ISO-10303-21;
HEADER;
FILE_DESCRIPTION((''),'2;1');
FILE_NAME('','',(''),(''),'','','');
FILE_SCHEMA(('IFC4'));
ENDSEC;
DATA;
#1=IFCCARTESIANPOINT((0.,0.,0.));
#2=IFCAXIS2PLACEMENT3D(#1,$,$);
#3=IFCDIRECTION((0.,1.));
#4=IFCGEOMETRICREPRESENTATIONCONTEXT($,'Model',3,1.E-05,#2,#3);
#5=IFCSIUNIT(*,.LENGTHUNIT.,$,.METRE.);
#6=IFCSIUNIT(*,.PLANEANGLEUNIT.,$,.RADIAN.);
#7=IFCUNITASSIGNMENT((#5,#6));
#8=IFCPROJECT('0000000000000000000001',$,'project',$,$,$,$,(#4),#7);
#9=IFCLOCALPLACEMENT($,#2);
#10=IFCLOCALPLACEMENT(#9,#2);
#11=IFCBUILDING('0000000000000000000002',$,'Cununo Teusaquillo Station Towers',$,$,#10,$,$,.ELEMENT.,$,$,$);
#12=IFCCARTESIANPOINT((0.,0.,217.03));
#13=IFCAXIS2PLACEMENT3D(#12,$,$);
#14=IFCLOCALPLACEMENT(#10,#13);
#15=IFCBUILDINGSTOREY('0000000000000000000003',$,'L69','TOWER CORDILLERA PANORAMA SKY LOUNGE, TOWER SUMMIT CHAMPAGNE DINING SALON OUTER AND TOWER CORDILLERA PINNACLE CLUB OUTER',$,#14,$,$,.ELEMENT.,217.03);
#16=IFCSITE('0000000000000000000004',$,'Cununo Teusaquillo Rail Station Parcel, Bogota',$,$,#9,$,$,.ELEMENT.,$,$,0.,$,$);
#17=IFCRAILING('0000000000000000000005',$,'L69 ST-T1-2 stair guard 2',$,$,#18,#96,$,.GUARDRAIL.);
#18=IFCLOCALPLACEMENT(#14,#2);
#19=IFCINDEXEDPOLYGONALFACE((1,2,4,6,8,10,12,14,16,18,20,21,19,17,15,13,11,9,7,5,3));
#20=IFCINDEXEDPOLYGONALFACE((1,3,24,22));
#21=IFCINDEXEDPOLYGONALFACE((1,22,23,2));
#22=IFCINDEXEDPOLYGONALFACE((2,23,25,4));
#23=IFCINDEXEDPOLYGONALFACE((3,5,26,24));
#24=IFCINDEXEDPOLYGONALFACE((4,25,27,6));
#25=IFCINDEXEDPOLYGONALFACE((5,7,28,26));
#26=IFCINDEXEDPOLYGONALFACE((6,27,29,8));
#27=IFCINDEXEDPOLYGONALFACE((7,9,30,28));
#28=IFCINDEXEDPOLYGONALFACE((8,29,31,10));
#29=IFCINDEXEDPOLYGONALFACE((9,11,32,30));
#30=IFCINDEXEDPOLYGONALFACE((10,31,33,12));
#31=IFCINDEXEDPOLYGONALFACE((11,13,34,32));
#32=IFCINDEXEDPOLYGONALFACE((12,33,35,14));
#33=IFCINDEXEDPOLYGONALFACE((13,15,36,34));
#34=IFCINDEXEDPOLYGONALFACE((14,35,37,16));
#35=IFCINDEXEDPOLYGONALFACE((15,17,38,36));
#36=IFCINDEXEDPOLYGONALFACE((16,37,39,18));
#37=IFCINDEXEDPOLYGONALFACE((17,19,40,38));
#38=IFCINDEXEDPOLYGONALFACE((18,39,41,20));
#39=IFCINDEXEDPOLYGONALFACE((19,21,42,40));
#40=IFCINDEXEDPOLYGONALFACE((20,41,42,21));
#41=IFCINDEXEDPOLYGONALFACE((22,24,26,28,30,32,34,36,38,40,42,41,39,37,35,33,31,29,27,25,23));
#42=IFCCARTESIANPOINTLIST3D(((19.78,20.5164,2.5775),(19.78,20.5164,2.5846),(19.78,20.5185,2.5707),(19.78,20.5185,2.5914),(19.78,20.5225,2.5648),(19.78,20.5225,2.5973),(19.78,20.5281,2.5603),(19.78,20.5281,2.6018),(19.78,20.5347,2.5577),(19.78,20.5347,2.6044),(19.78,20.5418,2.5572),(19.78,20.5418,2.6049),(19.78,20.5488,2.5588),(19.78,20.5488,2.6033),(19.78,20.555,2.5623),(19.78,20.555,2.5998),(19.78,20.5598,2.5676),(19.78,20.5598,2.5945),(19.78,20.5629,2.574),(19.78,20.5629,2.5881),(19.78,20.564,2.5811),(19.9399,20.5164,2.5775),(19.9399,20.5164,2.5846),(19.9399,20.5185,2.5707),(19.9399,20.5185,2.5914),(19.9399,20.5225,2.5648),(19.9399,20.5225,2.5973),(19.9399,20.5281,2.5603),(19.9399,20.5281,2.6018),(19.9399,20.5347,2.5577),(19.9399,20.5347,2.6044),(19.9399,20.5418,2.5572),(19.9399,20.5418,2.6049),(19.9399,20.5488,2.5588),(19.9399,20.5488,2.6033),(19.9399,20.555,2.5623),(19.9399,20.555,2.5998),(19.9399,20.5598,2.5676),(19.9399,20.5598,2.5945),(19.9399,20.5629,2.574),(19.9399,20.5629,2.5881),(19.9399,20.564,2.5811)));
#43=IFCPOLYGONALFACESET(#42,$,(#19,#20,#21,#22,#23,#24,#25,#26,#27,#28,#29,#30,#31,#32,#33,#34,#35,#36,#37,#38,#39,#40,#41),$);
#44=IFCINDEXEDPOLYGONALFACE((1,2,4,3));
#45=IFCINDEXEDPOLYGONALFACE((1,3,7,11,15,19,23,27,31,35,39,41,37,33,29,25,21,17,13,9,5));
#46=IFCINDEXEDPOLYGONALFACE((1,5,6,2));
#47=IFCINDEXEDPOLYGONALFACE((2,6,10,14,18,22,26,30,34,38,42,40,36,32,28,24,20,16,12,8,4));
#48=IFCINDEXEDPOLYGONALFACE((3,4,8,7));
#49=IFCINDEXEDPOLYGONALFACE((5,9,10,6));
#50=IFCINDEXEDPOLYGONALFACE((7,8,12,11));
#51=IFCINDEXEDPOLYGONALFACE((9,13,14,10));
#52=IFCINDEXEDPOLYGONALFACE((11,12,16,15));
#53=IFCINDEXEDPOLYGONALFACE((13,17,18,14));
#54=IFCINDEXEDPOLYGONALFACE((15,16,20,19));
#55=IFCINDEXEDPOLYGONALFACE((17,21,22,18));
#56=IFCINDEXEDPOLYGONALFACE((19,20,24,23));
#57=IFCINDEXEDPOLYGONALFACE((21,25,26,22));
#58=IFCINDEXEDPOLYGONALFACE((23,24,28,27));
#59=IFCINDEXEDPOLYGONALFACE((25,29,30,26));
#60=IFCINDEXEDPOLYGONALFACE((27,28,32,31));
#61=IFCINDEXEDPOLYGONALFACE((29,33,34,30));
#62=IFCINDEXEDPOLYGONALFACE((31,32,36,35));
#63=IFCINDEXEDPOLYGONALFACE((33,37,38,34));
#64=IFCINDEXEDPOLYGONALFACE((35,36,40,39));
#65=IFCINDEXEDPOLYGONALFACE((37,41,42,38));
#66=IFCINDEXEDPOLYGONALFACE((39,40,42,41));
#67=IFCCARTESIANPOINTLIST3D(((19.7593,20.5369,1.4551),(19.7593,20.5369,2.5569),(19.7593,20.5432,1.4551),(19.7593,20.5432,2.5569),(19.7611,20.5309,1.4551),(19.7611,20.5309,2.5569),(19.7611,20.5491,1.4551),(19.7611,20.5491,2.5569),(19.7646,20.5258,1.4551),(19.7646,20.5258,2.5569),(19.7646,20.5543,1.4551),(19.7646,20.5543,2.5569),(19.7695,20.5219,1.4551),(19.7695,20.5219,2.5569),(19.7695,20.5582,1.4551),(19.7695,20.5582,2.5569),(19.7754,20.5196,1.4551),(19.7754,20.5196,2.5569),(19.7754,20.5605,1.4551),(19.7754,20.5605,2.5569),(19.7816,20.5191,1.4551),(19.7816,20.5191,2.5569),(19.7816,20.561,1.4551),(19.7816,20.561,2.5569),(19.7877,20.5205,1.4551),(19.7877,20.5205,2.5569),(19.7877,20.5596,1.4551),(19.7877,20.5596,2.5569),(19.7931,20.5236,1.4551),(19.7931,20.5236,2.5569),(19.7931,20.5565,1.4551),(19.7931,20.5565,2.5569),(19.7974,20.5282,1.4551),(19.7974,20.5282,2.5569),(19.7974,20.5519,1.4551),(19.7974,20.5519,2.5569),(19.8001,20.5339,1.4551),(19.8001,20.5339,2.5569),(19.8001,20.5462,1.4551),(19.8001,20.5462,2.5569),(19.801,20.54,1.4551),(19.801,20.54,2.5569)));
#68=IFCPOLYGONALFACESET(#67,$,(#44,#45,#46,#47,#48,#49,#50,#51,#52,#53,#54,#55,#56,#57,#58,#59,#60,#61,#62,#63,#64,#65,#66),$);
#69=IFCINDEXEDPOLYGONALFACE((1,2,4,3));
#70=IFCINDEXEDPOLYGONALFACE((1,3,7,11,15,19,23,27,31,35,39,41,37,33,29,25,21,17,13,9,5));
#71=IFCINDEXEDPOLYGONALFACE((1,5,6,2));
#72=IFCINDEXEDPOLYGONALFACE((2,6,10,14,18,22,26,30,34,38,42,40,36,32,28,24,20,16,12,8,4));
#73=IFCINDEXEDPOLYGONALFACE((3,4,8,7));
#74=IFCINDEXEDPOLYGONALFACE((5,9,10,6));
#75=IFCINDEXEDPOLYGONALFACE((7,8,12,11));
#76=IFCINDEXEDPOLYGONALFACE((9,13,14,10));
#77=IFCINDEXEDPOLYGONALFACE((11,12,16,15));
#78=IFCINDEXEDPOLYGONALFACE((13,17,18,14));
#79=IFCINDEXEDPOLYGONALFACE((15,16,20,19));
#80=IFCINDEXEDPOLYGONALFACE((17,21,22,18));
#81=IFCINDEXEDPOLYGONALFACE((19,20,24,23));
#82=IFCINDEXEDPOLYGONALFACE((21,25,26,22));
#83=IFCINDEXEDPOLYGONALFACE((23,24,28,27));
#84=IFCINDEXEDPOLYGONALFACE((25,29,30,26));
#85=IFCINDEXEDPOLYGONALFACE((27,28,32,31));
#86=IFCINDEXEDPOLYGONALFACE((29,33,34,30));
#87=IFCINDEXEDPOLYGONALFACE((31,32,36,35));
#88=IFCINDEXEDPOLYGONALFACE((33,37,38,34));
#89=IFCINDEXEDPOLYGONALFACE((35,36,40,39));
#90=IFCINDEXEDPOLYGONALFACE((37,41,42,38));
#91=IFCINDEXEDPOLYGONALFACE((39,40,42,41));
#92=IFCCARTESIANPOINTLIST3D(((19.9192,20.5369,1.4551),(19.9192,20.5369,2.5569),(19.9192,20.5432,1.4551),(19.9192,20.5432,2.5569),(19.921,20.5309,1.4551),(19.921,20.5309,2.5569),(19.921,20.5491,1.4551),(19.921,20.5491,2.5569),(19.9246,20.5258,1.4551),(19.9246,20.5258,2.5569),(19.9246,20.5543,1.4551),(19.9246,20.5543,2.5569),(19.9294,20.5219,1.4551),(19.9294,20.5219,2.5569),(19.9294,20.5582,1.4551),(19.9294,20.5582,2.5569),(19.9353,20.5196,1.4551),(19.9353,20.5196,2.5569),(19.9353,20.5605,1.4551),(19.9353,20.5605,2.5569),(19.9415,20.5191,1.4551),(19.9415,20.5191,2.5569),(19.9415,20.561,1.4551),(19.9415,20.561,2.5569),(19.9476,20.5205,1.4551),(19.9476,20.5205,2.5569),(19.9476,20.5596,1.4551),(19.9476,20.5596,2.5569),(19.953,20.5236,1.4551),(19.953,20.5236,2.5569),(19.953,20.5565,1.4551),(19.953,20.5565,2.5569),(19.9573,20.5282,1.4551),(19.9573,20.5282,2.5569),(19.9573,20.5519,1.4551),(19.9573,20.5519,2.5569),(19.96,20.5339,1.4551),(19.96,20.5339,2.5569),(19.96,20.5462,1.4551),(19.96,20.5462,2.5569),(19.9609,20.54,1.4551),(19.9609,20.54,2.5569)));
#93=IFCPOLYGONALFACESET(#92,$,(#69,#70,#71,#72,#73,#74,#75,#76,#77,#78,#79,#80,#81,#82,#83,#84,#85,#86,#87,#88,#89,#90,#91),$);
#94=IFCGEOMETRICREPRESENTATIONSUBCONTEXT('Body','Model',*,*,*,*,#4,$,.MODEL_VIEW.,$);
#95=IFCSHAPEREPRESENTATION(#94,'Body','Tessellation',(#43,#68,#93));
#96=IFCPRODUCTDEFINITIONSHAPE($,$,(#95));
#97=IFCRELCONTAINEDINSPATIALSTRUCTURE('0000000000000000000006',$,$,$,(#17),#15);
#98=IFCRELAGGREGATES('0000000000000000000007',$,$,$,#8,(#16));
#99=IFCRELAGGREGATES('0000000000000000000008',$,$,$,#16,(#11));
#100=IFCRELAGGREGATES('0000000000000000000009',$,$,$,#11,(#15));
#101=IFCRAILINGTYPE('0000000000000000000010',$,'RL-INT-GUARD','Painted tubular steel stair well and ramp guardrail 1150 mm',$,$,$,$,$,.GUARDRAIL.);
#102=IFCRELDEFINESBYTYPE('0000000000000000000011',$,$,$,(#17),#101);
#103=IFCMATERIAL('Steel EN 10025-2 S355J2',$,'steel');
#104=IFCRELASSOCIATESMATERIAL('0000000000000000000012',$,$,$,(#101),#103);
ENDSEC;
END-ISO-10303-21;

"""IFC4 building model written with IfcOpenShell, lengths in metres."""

from ifc_helpers import new_model, si_unit, direction, frame, origin, origin_2d, place, context, subcontext, project, spatial, circle, extrude, material, type_object, element, save


model = new_model("IFC4")

# Units and contexts
model_context = context("Model", 3, precision=1e-05, world=origin(), true_north=direction((0.0, 1.0)))
body_context = subcontext(model_context, "Body", "Model", "MODEL_VIEW")
ifc_project = project(units=[si_unit("LENGTHUNIT", "METRE"), si_unit("PLANEANGLEUNIT", "RADIAN")], contexts=[model_context])

# Site, building, storey
site_placement = place(None, origin())
site = spatial("IfcSite", under=ifc_project, at=site_placement, Name="Cununo Teusaquillo Rail Station Parcel, Bogota", CompositionType="ELEMENT", RefElevation=0.0)
building_placement = place(site_placement, origin())
building = spatial("IfcBuilding", under=site, at=building_placement, Name="Cununo Teusaquillo Station Towers", CompositionType="ELEMENT")
storey_placement = place(building_placement, frame((0.0, 0.0, 217.03)))
storey = spatial("IfcBuildingStorey", under=building, at=storey_placement, Name="L69", Description="TOWER CORDILLERA PANORAMA SKY LOUNGE, TOWER SUMMIT CHAMPAGNE DINING SALON OUTER AND TOWER CORDILLERA PINNACLE CLUB OUTER", CompositionType="ELEMENT", Elevation=217.03)

# Railing
ifc_material_1 = material(Name="Steel EN 10025-2 S355J2", Category="steel")
railing_type_1 = type_object("IfcRailingType", Name="RL-INT-GUARD", Description="Painted tubular steel stair well and ramp guardrail 1150 mm", PredefinedType="GUARDRAIL", material=ifc_material_1)
railing_1_placement = place(storey_placement, frame((19.78, 20.54, 1.4551)))
element("IfcRailing", 1, at=railing_1_placement, inside=storey, type_object=railing_type_1, Name="L69 ST-T1-2 stair guard 2", PredefinedType="GUARDRAIL", context=body_context, shape_type="SweptSolid", body=[
    extrude(circle(Radius=0.0239, at=origin_2d()), frame((0.0, 0.0, 1.126), z_axis=(1.0, 0.0, 0.0), x_axis=(0.0, 1.0, 0.0)), (0.0, 0.0, 1.0), 0.1599),
    extrude(circle(Radius=0.021, at=origin_2d()), origin(), (0.0, 0.0, 1.0), 1.1018),
    extrude(circle(Radius=0.021, at=origin_2d()), frame((0.1599, 0.0, 0.0)), (0.0, 0.0, 1.0), 1.1018),
])

save(model, "model.ifc")
